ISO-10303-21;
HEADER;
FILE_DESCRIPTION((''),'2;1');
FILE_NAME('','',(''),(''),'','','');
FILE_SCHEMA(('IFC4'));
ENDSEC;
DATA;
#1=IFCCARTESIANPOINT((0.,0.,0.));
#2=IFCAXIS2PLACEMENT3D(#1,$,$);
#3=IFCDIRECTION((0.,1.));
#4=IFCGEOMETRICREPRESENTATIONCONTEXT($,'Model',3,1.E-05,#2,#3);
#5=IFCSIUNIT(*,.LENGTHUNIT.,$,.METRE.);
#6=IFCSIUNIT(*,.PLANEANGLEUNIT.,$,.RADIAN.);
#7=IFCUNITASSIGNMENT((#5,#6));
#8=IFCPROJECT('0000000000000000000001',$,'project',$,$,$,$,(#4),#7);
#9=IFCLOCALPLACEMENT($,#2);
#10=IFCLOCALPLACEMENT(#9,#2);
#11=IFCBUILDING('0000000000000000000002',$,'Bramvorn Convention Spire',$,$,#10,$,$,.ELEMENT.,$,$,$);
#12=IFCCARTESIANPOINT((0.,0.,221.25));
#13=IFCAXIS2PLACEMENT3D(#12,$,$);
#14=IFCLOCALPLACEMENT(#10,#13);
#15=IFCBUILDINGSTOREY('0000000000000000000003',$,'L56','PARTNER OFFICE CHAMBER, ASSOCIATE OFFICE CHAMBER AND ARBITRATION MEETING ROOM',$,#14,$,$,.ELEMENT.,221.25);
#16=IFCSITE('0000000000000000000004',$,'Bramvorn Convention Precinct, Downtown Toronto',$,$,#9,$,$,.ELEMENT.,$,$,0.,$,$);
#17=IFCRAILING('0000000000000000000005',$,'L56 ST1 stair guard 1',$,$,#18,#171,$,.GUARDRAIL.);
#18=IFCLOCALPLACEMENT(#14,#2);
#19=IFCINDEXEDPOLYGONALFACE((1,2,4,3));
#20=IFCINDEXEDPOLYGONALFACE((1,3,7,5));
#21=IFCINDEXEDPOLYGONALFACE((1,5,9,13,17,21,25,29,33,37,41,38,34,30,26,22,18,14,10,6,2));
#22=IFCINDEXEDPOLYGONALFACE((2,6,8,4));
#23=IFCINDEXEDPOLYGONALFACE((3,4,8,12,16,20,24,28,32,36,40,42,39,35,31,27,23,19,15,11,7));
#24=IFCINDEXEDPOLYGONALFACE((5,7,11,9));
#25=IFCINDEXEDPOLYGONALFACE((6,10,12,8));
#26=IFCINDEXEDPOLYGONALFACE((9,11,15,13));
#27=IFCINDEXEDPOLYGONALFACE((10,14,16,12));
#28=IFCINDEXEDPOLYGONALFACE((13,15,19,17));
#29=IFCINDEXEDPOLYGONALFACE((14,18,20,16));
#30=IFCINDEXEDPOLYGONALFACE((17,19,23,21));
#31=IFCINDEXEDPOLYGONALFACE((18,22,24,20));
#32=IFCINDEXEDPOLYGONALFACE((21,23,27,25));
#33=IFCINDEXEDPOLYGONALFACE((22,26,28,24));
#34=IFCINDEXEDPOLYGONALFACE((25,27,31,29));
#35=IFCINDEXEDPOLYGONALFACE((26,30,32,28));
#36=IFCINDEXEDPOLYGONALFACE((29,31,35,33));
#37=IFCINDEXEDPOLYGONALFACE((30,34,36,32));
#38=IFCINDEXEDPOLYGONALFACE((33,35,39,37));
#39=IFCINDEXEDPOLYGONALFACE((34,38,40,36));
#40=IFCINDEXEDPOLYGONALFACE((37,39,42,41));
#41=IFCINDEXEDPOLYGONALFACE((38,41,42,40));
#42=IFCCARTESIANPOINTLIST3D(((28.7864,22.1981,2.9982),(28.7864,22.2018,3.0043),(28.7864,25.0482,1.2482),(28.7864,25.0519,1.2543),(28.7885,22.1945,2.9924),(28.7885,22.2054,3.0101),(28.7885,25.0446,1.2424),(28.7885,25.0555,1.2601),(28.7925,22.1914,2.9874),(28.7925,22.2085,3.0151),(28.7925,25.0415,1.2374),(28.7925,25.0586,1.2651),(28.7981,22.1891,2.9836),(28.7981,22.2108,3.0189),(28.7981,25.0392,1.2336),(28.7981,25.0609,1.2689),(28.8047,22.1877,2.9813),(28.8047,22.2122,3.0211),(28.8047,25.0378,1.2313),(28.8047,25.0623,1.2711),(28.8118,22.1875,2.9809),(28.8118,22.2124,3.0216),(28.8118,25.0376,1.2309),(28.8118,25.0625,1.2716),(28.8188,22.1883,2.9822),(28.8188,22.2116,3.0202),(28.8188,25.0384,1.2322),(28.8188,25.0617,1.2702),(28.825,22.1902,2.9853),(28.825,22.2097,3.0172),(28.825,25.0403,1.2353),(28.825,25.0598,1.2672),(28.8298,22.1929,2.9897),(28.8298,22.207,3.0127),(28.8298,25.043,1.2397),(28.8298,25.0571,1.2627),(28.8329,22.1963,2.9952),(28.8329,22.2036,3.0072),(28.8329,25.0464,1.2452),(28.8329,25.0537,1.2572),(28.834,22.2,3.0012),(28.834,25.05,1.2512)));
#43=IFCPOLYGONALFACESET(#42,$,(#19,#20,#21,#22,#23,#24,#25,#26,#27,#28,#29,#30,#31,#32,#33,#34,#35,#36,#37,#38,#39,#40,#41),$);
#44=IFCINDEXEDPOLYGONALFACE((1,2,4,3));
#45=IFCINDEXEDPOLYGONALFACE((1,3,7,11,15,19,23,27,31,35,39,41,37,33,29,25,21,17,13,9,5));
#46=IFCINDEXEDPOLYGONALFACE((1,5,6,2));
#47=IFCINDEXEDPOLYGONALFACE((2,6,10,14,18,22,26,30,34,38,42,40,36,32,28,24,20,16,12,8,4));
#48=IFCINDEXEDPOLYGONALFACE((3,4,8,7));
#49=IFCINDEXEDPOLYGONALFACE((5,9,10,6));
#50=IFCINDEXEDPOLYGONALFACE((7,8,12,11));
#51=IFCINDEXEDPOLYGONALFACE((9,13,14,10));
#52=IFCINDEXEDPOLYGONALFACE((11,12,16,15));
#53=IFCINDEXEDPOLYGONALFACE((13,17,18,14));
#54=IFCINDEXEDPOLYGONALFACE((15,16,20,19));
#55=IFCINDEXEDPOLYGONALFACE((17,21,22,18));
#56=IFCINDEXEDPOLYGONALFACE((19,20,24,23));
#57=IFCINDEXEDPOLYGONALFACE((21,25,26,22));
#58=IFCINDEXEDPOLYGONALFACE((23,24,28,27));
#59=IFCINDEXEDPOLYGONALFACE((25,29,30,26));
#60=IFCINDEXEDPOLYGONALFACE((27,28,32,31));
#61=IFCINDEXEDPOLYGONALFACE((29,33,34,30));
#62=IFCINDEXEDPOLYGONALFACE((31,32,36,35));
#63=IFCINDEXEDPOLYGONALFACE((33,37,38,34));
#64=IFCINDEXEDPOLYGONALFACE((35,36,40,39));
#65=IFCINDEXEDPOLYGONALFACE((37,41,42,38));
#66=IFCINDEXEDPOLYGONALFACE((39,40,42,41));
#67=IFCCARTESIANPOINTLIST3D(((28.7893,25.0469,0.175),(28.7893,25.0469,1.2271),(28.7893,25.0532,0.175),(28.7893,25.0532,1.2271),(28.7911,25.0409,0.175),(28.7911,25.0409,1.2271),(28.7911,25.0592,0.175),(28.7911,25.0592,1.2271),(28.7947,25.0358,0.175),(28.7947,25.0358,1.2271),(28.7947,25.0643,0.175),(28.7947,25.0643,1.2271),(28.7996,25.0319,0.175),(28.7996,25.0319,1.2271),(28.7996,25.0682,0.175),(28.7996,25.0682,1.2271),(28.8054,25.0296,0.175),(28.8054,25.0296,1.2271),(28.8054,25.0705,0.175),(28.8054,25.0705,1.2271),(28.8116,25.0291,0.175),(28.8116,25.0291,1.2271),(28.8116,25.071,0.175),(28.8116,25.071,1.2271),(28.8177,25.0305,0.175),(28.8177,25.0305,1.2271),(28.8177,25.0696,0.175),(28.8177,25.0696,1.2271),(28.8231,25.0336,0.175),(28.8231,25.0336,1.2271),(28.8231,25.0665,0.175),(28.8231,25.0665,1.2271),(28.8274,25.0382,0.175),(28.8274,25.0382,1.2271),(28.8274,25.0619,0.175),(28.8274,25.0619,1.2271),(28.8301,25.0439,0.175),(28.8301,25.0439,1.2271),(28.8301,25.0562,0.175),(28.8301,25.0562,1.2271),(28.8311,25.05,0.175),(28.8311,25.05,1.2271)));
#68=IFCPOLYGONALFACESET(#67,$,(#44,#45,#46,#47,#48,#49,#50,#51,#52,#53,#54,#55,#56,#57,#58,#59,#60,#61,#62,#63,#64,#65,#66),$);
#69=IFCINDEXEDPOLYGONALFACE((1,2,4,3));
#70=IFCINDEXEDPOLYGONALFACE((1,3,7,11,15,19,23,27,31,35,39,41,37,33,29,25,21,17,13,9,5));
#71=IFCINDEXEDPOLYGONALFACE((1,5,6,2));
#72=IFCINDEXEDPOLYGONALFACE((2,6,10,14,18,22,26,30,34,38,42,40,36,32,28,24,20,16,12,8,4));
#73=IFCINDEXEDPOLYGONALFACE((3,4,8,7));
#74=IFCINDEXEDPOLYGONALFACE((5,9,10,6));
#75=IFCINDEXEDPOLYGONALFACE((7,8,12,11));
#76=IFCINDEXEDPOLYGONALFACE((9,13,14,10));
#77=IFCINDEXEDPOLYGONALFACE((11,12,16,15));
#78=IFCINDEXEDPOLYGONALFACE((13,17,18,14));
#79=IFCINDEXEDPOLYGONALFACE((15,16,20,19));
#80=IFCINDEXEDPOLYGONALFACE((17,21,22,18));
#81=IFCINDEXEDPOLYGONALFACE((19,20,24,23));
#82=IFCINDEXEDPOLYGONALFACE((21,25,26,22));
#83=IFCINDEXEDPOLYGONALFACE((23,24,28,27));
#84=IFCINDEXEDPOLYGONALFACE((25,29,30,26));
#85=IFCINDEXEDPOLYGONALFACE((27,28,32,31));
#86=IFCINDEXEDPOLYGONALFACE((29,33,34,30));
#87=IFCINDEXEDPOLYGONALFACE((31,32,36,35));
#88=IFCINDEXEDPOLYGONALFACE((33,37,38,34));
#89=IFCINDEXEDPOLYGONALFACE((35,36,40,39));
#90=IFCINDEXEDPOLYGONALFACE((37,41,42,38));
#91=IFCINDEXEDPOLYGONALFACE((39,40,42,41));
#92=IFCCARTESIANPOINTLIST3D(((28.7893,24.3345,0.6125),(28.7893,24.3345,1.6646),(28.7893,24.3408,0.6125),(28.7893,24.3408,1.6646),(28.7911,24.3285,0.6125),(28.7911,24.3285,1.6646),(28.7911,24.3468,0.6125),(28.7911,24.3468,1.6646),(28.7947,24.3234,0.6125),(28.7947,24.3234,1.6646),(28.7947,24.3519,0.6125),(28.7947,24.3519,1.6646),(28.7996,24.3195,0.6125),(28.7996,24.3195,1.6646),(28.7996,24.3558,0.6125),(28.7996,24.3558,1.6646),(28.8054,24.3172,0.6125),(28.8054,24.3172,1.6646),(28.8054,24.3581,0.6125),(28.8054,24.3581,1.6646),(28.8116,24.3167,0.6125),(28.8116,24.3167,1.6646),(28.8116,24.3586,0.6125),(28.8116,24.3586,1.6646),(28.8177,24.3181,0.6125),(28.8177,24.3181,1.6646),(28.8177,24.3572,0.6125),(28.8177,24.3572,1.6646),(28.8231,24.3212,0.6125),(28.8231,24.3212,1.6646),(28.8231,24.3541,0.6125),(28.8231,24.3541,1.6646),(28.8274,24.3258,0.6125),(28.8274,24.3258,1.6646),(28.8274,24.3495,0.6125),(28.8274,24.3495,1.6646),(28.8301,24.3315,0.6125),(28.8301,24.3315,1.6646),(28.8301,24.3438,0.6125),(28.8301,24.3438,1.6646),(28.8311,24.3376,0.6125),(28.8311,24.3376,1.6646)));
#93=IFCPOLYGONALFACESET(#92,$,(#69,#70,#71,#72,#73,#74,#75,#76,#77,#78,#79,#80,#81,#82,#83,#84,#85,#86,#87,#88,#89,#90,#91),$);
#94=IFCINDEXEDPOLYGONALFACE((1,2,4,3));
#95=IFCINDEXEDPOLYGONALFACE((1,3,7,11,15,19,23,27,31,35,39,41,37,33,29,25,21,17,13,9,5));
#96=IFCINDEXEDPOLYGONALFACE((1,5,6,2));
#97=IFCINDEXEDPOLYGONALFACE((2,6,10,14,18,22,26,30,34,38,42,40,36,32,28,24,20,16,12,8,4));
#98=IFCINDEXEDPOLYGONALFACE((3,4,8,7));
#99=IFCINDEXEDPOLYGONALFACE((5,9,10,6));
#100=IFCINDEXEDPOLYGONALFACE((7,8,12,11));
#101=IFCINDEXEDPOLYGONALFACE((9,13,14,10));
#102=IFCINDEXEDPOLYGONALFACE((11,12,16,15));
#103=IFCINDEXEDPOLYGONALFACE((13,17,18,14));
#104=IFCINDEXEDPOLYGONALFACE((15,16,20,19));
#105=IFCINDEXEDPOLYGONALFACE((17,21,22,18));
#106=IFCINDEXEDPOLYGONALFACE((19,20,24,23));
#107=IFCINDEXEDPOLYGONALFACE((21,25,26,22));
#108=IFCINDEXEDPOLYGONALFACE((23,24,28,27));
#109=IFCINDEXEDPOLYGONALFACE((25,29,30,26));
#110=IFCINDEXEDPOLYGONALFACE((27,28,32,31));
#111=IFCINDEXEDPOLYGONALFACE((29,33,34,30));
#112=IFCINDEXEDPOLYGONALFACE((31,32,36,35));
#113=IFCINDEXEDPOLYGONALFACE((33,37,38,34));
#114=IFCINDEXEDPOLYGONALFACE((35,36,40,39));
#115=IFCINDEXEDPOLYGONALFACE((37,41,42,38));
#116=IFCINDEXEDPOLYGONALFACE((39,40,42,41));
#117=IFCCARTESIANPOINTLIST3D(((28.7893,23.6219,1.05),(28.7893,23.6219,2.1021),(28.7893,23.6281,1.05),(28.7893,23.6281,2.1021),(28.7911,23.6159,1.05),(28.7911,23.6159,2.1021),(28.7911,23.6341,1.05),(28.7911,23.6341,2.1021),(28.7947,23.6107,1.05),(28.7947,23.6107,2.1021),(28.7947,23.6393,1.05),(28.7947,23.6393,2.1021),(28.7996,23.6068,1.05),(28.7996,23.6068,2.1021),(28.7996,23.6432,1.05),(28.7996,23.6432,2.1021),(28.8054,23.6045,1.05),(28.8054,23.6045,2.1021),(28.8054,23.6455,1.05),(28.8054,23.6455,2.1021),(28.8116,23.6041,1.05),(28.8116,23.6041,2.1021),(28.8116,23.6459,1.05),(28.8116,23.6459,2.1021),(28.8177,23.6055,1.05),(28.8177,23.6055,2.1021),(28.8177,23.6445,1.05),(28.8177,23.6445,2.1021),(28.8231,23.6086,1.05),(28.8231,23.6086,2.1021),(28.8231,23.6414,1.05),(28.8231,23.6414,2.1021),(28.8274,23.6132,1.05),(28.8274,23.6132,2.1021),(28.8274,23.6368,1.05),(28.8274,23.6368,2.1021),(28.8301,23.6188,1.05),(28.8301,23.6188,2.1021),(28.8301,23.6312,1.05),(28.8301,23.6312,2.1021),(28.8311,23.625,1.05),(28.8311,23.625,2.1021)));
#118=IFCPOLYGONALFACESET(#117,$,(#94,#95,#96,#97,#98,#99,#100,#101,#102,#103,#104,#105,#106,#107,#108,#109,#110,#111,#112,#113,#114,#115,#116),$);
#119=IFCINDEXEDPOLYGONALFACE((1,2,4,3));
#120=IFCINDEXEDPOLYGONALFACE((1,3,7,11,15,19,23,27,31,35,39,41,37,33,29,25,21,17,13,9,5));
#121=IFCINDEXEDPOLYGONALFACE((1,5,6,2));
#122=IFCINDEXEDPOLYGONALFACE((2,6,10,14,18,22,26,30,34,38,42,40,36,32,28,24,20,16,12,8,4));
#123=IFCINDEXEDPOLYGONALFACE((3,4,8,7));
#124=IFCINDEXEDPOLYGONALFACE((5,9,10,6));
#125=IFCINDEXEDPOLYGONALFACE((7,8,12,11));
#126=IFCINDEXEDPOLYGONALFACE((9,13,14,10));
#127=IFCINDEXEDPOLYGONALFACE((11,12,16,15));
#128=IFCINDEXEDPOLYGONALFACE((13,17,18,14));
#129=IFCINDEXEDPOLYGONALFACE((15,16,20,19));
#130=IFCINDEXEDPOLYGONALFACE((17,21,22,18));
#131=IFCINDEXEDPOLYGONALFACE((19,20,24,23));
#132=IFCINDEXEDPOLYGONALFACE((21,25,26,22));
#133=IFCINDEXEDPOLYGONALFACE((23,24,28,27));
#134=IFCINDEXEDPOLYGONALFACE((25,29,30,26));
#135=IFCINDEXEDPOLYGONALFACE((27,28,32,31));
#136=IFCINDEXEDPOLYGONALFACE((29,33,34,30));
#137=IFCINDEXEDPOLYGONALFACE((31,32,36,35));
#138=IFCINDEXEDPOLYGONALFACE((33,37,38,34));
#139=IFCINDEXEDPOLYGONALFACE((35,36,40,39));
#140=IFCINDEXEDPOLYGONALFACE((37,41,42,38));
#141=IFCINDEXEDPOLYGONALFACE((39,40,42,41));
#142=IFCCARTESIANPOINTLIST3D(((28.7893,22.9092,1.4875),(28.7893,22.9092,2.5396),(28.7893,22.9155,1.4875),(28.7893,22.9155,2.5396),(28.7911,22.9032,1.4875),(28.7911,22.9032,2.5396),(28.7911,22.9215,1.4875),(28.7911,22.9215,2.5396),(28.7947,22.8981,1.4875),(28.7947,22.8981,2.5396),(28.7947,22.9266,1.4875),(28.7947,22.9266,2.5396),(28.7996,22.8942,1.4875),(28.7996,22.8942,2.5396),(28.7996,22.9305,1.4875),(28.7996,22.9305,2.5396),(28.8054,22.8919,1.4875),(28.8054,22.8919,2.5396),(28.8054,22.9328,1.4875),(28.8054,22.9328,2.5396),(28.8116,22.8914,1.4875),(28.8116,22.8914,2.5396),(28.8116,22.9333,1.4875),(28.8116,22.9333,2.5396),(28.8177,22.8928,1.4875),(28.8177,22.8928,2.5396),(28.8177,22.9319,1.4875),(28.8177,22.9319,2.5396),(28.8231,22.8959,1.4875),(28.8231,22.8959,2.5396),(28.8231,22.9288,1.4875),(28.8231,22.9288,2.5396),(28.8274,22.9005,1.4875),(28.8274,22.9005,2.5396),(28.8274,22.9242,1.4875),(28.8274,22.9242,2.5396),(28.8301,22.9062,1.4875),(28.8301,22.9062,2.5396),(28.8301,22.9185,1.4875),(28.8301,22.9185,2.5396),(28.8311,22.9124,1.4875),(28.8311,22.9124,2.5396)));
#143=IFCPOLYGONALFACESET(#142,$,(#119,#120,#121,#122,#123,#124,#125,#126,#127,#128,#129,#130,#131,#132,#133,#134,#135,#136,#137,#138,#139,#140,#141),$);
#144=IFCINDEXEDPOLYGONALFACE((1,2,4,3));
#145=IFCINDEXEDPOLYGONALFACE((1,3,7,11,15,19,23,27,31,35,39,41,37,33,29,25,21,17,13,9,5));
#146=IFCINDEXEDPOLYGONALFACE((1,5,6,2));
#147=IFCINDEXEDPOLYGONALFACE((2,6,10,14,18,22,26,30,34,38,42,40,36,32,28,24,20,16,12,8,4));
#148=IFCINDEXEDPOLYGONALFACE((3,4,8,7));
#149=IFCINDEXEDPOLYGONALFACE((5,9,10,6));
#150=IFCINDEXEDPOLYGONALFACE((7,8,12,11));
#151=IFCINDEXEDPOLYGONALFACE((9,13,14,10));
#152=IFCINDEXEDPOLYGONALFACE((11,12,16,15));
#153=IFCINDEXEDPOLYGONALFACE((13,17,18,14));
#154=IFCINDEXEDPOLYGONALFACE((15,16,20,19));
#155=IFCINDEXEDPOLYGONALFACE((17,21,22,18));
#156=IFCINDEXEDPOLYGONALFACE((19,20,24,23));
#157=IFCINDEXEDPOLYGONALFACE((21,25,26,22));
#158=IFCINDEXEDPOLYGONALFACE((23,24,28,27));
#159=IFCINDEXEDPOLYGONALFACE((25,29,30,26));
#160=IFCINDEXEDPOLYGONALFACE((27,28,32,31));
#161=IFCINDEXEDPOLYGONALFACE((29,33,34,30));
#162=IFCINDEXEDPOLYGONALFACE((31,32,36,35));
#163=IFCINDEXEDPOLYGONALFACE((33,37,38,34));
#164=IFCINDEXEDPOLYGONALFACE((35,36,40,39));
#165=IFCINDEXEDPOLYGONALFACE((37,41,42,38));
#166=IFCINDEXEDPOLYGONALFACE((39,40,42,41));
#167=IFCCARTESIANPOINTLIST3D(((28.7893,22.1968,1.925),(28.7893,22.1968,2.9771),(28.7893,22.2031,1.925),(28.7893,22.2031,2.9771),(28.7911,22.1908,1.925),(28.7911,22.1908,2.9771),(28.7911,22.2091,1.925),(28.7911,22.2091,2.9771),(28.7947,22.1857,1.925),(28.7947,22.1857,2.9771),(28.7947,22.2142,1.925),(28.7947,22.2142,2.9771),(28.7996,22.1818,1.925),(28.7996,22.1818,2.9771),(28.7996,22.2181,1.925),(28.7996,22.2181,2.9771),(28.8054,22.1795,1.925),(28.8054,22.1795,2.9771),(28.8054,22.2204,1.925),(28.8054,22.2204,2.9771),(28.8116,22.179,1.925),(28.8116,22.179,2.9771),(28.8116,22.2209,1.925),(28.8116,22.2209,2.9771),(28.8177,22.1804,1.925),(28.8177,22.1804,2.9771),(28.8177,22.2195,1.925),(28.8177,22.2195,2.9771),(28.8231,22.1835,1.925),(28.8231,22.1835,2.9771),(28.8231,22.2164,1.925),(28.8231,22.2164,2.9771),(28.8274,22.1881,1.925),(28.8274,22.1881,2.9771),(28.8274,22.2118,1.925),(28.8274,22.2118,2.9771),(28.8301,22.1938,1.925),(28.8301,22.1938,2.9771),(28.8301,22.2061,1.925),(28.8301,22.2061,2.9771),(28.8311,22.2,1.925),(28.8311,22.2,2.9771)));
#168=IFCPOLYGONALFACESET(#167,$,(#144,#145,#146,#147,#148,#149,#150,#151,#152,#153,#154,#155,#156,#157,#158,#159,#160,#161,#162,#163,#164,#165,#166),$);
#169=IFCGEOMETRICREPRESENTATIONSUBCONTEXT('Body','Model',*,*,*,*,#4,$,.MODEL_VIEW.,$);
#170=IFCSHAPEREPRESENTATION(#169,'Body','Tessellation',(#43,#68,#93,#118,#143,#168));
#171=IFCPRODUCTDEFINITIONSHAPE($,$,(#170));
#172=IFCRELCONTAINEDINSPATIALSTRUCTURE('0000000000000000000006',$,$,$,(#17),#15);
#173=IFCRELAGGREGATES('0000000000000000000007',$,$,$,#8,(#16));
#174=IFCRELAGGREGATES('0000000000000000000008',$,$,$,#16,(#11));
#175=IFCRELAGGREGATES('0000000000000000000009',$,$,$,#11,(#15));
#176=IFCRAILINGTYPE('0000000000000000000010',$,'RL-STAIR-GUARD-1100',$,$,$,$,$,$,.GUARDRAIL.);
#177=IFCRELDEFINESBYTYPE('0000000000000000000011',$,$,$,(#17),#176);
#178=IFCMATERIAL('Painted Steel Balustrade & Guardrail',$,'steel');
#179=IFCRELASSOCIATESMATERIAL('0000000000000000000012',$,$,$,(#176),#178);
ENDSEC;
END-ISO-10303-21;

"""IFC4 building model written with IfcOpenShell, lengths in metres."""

from ifc_helpers import new_model, si_unit, direction, frame, origin, origin_2d, place, context, subcontext, project, spatial, circle, extrude, material, type_object, element, save


model = new_model("IFC4")

# Units and contexts
model_context = context("Model", 3, precision=1e-05, world=origin(), true_north=direction((0.0, 1.0)))
body_context = subcontext(model_context, "Body", "Model", "MODEL_VIEW")
ifc_project = project(units=[si_unit("LENGTHUNIT", "METRE"), si_unit("PLANEANGLEUNIT", "RADIAN")], contexts=[model_context])

# Site, building, storey
site_placement = place(None, origin())
site = spatial("IfcSite", under=ifc_project, at=site_placement, Name="Bramvorn Convention Precinct, Downtown Toronto", CompositionType="ELEMENT", RefElevation=0.0)
building_placement = place(site_placement, origin())
building = spatial("IfcBuilding", under=site, at=building_placement, Name="Bramvorn Convention Spire", CompositionType="ELEMENT")
storey_placement = place(building_placement, frame((0.0, 0.0, 221.25)))
storey = spatial("IfcBuildingStorey", under=building, at=storey_placement, Name="L56", Description="PARTNER OFFICE CHAMBER, ASSOCIATE OFFICE CHAMBER AND ARBITRATION MEETING ROOM", CompositionType="ELEMENT", Elevation=221.25)

# Railing
ifc_material_1 = material(Name="Painted Steel Balustrade & Guardrail", Category="steel")
railing_type = type_object("IfcRailingType", Name="RL-STAIR-GUARD-1100", PredefinedType="GUARDRAIL", material=ifc_material_1)
railing_1_placement = place(storey_placement, frame((28.8101, 25.05, 0.175)))
element("IfcRailing", 1, at=railing_1_placement, inside=storey, type_object=railing_type, Name="L56 ST1 stair guard 1", PredefinedType="GUARDRAIL", context=body_context, shape_type="SweptSolid", body=[
    extrude(circle(Radius=0.0239, at=origin_2d()), frame((0.0, 0.0, 1.0762), z_axis=(0.0, -0.852179, 0.52325), x_axis=(1.0, 0.0, 0.0)), (0.0, 0.0, 1.0), 3.3445),
    extrude(circle(Radius=0.021, at=origin_2d()), origin(), (0.0, 0.0, 1.0), 1.052),
    extrude(circle(Radius=0.021, at=origin_2d()), frame((0.0, -0.7124, 0.4375)), (0.0, 0.0, 1.0), 1.052),
    extrude(circle(Radius=0.021, at=origin_2d()), frame((0.0, -1.425, 0.875)), (0.0, 0.0, 1.0), 1.052),
    extrude(circle(Radius=0.021, at=origin_2d()), frame((0.0, -2.1377, 1.3125)), (0.0, 0.0, 1.0), 1.052),
    extrude(circle(Radius=0.021, at=origin_2d()), frame((0.0, -2.8501, 1.75)), (0.0, 0.0, 1.0), 1.052),
])

save(model, "model.ifc")
